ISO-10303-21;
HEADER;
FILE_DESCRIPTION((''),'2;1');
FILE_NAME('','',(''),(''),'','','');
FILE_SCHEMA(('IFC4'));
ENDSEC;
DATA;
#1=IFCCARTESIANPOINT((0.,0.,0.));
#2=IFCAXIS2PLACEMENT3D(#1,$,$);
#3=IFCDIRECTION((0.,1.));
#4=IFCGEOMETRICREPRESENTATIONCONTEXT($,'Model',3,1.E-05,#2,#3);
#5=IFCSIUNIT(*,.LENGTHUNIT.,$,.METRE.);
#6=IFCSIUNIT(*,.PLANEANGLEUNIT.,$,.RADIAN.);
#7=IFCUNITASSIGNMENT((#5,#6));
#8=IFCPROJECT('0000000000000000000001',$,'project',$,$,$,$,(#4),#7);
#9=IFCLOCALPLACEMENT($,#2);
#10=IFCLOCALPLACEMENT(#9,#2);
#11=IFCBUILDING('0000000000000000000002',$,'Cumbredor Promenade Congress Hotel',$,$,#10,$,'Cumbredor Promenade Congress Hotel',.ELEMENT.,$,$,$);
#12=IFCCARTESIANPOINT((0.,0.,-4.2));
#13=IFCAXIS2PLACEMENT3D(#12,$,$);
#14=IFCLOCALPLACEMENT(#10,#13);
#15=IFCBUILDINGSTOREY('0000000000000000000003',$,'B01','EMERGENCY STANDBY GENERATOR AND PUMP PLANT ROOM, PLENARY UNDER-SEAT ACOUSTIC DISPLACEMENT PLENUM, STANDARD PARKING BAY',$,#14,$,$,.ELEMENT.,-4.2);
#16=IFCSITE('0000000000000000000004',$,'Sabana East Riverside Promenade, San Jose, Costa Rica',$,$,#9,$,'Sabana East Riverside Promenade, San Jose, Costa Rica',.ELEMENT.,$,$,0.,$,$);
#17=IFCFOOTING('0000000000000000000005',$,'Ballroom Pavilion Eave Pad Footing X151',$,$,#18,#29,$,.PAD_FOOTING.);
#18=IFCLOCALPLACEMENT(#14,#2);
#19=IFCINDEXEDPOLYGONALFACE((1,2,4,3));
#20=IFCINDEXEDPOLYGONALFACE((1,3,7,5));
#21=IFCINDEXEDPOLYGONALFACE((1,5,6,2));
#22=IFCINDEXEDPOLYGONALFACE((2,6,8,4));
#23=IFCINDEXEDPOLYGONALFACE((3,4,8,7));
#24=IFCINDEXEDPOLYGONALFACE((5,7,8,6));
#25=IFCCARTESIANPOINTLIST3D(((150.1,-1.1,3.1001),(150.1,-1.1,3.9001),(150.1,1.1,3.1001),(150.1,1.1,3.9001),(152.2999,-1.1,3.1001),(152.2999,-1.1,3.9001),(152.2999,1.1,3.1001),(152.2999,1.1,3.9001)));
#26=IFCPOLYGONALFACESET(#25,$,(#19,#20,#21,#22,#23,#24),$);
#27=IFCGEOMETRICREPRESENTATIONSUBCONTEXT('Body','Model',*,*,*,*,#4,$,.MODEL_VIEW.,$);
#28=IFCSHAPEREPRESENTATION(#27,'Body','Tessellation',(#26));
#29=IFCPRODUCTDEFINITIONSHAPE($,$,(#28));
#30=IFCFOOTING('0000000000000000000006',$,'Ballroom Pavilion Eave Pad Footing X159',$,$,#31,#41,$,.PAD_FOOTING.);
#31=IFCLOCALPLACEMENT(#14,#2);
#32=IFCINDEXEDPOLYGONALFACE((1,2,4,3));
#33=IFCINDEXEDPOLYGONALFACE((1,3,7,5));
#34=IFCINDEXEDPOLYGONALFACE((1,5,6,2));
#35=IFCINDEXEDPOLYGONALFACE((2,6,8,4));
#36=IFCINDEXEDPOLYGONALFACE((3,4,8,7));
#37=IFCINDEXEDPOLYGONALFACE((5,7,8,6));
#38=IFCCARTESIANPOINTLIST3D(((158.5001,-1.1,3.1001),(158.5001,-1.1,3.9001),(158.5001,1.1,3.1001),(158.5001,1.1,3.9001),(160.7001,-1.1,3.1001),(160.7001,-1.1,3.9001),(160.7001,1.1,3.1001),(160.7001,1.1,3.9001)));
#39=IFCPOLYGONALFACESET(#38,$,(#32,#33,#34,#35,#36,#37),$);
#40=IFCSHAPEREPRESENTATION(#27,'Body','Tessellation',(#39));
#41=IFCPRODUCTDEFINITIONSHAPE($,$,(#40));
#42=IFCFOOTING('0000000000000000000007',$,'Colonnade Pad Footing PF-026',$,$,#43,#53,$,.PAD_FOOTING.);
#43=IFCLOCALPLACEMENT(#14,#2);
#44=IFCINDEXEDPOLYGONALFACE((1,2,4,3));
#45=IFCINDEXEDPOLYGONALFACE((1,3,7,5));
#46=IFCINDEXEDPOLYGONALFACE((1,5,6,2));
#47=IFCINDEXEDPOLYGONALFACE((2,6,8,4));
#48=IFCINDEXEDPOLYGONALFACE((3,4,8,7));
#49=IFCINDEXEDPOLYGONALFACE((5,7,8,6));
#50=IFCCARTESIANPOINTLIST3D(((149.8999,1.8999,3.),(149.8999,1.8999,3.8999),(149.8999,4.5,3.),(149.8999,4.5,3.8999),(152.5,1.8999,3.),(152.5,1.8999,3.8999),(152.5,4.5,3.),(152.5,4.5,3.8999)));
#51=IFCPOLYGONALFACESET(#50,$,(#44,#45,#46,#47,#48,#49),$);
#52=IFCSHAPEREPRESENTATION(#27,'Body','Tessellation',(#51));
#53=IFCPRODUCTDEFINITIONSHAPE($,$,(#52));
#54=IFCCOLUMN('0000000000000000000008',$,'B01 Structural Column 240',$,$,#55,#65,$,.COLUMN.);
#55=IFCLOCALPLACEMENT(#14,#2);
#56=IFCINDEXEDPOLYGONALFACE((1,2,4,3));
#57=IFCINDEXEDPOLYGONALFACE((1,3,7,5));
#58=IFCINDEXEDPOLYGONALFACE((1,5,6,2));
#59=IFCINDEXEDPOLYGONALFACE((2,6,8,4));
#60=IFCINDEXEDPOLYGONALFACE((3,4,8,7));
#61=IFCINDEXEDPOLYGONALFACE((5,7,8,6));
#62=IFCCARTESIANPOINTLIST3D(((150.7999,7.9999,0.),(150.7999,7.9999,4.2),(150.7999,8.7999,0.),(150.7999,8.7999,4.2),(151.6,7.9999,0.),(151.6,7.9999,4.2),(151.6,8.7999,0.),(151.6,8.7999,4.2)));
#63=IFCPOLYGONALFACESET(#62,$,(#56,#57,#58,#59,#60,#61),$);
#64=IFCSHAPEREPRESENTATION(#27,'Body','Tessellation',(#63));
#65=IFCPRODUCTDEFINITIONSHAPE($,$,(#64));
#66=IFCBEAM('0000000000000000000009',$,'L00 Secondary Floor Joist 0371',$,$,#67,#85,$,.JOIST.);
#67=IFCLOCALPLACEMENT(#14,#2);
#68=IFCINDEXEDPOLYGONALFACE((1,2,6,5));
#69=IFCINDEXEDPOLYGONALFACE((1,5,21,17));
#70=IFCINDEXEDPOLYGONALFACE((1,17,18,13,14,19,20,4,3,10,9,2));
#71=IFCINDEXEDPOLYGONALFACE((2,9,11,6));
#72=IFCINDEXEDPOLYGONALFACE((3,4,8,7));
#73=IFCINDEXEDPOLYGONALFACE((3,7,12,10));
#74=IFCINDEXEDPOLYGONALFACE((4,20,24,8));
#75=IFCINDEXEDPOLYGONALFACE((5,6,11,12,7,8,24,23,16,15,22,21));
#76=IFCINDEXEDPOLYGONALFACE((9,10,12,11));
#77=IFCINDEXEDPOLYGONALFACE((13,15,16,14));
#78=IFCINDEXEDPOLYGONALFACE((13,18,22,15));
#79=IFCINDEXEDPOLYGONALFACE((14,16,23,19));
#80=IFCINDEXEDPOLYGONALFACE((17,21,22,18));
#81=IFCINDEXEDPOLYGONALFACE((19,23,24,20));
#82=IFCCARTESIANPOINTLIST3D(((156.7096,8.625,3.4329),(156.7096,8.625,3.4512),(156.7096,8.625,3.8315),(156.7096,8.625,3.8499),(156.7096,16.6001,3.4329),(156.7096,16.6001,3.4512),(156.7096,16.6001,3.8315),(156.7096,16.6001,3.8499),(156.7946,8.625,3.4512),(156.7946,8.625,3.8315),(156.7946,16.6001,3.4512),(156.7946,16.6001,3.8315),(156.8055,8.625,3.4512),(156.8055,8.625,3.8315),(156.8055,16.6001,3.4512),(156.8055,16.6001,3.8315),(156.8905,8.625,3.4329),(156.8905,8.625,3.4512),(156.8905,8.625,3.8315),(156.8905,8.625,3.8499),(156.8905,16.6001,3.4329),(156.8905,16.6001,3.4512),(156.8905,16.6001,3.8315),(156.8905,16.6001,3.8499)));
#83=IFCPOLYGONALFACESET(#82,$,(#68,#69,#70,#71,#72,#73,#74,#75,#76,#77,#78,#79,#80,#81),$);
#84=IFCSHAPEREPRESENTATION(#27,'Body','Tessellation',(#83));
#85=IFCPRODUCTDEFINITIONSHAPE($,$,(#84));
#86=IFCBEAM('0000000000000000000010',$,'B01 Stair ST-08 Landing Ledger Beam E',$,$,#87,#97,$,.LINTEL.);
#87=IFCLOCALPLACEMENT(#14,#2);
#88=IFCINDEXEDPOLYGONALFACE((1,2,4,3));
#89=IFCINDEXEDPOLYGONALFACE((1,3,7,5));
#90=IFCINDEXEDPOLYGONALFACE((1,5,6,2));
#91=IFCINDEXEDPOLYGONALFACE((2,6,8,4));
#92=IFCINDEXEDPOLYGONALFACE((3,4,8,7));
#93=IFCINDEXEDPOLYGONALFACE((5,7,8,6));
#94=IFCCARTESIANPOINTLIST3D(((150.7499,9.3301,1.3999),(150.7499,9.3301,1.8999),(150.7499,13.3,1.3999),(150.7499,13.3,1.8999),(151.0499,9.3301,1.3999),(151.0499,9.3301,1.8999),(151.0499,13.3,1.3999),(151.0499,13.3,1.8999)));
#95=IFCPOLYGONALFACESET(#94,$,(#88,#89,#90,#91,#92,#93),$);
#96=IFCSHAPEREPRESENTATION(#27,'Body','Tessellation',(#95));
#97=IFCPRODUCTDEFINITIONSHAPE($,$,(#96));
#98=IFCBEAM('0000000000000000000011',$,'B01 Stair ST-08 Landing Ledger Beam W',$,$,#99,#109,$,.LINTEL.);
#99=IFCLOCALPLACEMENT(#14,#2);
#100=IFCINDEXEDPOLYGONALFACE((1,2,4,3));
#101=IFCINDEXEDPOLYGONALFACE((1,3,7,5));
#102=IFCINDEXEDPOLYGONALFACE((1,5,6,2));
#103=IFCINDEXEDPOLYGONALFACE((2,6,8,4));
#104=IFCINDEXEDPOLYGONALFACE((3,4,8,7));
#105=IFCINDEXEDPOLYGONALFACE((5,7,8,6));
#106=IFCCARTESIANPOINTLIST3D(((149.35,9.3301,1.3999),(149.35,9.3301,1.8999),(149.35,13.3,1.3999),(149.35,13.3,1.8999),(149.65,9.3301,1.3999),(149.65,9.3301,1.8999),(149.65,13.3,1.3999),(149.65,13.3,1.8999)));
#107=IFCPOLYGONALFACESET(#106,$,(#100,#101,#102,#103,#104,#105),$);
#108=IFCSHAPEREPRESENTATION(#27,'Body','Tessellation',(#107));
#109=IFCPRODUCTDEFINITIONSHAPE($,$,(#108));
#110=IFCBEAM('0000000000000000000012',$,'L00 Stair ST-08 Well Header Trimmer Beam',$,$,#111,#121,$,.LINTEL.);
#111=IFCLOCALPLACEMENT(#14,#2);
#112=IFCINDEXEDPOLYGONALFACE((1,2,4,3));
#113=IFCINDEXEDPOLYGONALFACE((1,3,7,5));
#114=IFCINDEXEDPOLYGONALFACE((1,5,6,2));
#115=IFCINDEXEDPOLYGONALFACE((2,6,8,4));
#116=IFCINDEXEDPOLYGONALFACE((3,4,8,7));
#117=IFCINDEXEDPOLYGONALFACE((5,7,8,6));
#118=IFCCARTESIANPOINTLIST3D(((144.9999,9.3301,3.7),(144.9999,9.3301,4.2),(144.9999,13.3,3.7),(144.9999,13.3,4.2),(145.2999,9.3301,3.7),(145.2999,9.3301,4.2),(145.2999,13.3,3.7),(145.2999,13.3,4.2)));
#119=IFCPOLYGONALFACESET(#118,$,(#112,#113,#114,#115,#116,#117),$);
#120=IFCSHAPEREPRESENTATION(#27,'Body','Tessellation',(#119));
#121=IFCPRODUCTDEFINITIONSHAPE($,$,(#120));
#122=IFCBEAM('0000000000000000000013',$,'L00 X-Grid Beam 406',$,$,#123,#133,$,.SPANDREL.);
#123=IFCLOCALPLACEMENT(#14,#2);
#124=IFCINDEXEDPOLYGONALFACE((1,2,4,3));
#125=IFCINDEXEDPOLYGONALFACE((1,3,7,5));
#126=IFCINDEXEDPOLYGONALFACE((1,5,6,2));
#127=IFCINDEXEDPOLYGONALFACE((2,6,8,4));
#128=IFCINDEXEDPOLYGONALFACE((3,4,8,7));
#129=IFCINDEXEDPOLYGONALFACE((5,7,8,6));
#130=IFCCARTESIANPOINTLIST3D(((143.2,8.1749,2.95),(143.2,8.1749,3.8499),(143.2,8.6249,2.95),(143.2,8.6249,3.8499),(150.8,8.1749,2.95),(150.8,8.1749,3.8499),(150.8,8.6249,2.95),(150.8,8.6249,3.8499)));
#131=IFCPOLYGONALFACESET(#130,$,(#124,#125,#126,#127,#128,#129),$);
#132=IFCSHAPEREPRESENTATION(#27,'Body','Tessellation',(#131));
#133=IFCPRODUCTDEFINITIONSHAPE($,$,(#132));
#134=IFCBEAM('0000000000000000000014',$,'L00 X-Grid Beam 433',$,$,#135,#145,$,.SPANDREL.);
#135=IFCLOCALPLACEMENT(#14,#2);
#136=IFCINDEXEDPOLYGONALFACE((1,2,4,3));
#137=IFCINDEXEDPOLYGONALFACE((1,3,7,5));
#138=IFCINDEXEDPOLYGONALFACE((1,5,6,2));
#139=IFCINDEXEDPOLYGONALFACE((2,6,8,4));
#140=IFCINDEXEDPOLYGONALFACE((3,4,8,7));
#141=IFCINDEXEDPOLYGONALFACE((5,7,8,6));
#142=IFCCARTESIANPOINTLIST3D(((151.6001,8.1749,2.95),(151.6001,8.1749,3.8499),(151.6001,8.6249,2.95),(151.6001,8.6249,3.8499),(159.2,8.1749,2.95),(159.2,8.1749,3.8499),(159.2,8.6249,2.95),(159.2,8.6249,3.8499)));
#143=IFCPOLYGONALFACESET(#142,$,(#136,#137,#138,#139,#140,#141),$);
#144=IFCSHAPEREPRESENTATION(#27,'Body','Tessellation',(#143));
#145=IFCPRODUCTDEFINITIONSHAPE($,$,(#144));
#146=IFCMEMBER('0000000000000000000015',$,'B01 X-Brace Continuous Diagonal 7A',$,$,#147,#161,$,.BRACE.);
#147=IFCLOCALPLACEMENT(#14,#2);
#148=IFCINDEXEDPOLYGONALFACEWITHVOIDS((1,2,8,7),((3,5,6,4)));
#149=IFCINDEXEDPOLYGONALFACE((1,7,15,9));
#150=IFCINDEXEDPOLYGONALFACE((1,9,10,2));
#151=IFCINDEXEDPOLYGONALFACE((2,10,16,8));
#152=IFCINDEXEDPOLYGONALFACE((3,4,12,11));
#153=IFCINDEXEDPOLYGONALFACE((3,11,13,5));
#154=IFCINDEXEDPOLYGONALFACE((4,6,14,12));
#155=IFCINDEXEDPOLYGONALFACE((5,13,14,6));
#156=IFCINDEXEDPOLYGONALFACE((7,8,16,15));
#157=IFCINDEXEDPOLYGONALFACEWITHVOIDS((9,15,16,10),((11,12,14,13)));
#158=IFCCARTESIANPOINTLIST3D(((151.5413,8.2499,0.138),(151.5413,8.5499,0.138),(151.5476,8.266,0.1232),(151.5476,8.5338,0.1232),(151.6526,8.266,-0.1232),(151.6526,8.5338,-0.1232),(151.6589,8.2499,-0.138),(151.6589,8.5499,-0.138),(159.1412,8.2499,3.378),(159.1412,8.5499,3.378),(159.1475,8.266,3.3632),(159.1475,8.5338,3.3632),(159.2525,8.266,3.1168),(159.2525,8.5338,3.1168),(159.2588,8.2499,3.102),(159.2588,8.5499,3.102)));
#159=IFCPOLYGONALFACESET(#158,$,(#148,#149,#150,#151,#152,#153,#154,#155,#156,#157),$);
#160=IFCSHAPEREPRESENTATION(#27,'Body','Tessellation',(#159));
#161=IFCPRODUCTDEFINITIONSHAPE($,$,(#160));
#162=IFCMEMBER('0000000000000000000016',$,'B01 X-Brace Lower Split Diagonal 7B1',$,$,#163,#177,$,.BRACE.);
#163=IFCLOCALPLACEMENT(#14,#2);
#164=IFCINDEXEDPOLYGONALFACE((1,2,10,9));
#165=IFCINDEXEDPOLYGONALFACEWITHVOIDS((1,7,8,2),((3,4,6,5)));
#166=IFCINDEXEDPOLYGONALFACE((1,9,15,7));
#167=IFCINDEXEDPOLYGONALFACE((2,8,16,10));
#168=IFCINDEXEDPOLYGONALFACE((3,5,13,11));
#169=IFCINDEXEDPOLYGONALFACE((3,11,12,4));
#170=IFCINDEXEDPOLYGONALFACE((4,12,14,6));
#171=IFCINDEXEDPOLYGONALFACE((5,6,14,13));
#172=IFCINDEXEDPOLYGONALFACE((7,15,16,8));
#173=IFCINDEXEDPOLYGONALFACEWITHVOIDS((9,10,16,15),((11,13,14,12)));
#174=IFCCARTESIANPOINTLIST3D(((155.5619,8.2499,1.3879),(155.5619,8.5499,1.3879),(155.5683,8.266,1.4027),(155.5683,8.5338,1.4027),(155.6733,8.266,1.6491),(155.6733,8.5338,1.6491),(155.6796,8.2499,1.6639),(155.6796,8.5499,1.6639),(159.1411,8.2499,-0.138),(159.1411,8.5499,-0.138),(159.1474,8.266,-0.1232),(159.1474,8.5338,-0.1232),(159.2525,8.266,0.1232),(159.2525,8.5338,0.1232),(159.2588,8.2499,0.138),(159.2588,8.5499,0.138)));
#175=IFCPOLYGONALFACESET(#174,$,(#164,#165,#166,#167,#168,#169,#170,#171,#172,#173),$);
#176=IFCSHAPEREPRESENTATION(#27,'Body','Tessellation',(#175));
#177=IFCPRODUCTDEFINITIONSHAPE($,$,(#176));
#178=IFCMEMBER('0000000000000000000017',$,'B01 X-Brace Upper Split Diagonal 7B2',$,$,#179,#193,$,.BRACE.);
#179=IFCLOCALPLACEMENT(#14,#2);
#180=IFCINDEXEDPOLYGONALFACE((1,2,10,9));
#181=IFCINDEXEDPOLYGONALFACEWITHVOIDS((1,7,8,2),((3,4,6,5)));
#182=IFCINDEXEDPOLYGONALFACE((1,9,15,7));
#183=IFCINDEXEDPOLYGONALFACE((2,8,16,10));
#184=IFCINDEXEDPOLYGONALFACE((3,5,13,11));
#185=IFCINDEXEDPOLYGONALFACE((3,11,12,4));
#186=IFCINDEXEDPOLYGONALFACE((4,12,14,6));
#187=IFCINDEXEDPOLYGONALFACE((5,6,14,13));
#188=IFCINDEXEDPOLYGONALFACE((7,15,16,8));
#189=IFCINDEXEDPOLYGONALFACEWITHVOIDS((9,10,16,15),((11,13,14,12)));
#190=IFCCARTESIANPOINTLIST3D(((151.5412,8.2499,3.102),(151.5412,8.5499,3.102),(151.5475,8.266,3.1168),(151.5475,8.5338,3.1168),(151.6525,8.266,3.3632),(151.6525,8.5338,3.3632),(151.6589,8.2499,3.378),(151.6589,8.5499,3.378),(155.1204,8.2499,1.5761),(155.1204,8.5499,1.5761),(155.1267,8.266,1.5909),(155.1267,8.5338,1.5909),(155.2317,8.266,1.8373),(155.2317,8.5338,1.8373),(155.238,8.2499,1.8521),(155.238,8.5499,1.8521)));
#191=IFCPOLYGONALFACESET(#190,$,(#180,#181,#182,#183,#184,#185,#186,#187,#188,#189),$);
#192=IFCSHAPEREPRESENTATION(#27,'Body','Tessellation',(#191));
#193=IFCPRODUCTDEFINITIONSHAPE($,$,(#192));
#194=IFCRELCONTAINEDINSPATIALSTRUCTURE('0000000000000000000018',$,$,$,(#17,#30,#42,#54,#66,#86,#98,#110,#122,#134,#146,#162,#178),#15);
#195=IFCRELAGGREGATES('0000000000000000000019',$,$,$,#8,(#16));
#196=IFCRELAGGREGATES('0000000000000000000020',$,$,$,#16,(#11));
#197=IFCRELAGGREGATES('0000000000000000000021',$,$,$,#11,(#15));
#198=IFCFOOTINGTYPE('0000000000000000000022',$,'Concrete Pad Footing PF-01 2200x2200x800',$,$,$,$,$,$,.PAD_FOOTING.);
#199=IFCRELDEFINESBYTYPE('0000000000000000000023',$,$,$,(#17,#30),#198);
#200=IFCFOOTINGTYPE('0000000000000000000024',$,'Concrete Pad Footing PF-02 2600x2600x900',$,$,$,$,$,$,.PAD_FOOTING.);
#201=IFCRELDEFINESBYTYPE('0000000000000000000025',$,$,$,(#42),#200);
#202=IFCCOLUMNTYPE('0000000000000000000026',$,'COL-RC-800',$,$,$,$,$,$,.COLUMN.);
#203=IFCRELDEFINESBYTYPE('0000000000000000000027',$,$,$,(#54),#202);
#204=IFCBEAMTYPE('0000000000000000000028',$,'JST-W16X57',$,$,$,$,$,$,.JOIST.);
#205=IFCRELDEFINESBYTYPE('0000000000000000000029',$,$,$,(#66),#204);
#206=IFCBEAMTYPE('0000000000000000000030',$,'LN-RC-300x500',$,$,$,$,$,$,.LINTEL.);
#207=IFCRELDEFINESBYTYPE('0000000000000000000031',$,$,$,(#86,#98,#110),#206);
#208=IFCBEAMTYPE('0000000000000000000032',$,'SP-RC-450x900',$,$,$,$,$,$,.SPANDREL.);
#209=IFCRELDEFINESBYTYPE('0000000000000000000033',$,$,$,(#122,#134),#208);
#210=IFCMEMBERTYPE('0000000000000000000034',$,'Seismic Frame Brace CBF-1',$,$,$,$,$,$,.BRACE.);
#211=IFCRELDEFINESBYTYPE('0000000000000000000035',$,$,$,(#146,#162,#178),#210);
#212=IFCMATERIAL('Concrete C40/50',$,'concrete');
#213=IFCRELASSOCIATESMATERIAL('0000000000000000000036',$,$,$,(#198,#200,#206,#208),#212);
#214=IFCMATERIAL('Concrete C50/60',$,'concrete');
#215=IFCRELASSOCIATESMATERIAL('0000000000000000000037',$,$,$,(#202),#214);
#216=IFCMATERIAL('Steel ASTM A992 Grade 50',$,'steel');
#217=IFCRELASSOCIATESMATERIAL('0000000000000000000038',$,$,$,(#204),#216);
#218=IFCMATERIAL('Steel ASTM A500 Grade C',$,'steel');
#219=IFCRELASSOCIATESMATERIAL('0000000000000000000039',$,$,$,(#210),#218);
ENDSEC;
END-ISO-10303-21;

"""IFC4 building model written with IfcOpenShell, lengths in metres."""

from ifc_helpers import new_model, si_unit, direction, frame, origin, origin_2d, place, context, subcontext, project, spatial, rectangle, hollow_rectangle, i_section, extrude, material, material_profile, profile_set, type_object, element, save


model = new_model("IFC4")

# Units and contexts
model_context = context("Model", 3, precision=1e-05, world=origin(), true_north=direction((0.0, 1.0)))
body_context = subcontext(model_context, "Body", "Model", "MODEL_VIEW")
ifc_project = project(units=[si_unit("LENGTHUNIT", "METRE"), si_unit("PLANEANGLEUNIT", "RADIAN")], contexts=[model_context])

# Site, building, storey
site_placement = place(None, origin())
site = spatial("IfcSite", under=ifc_project, at=site_placement, Name="Sabana East Riverside Promenade, San Jose, Costa Rica", LongName="Sabana East Riverside Promenade, San Jose, Costa Rica", CompositionType="ELEMENT", RefElevation=0.0)
building_placement = place(site_placement, origin())
building = spatial("IfcBuilding", under=site, at=building_placement, Name="Cumbredor Promenade Congress Hotel", LongName="Cumbredor Promenade Congress Hotel", CompositionType="ELEMENT")
storey_placement = place(building_placement, frame((0.0, 0.0, -4.2)))
storey = spatial("IfcBuildingStorey", under=building, at=storey_placement, Name="B01", Description="EMERGENCY STANDBY GENERATOR AND PUMP PLANT ROOM, PLENARY UNDER-SEAT ACOUSTIC DISPLACEMENT PLENUM, STANDARD PARKING BAY", CompositionType="ELEMENT", Elevation=-4.2)

# Footings
ifc_material_1 = material(Name="Concrete C40/50", Category="concrete")
footing_type_1 = type_object("IfcFootingType", Name="Concrete Pad Footing PF-01 2200x2200x800", PredefinedType="PAD_FOOTING", material=ifc_material_1)
for number, where, z_axis, x_axis, name in (
    (1, (151.2, 0.0, 3.1001), (0.0, 0.0, 1.0), (1.0, 0.0, 0.0), "Ballroom Pavilion Eave Pad Footing X151"),
    (2, (159.6001, 0.0, 3.1001), (0.0, 0.0, 1.0), (1.0, 0.0, 0.0), "Ballroom Pavilion Eave Pad Footing X159"),
):
    element("IfcFooting", number, at=place(storey_placement, frame(where, z_axis=z_axis, x_axis=x_axis)), inside=storey, type_object=footing_type_1, Name=name, PredefinedType="PAD_FOOTING", context=body_context, shape_type="SweptSolid", body=[
        extrude(rectangle(XDim=2.2, YDim=2.2, at=origin_2d()), origin(), (0.0, 0.0, 1.0), 0.8),
    ])
footing_type_2 = type_object("IfcFootingType", Name="Concrete Pad Footing PF-02 2600x2600x900", PredefinedType="PAD_FOOTING", material=ifc_material_1)
footing_placement = place(storey_placement, frame((151.2, 3.2, 3.0), z_axis=(0.0, 0.0, 1.0), x_axis=(1.0, 0.0, 0.0)))
element("IfcFooting", 3, at=footing_placement, inside=storey, type_object=footing_type_2, Name="Colonnade Pad Footing PF-026", PredefinedType="PAD_FOOTING", context=body_context, shape_type="SweptSolid", body=[
    extrude(rectangle(XDim=2.6001, YDim=2.6001, at=origin_2d()), origin(), (0.0, 0.0, 1.0), 0.8999),
])

# Column
ifc_material_2 = material(Name="Concrete C50/60", Category="concrete")
ifc_material_profile_1 = material_profile(ifc_material_2, rectangle(XDim=0.8, YDim=0.8, at=origin_2d()), Name="RC 800x800")
ifc_profile_set_1 = profile_set([ifc_material_profile_1], Name="Concrete C50/60")
column_type = type_object("IfcColumnType", Name="COL-RC-800", PredefinedType="COLUMN", material=ifc_profile_set_1)
column_placement = place(storey_placement, frame((151.2, 8.3999, 0.0), z_axis=(0.0, 0.0, 1.0), x_axis=(1.0, 0.0, 0.0)))
element("IfcColumn", 4, at=column_placement, inside=storey, type_object=column_type, Name="B01 Structural Column 240", PredefinedType="COLUMN", context=body_context, shape_type="SweptSolid", body=[
    extrude(rectangle(XDim=0.8, YDim=0.8, at=origin_2d()), origin(), (0.0, 0.0, 1.0), 4.2),
])

# Beams
ifc_material_3 = material(Name="Steel ASTM A992 Grade 50", Category="steel")
ifc_material_profile_2 = material_profile(ifc_material_3, i_section(OverallWidth=0.1809, OverallDepth=0.417, WebThickness=0.011, FlangeThickness=0.0183, at=origin_2d()), Name="W16X57")
ifc_profile_set_2 = profile_set([ifc_material_profile_2], Name="Steel ASTM A992 Grade 50")
beam_type_1 = type_object("IfcBeamType", Name="JST-W16X57", PredefinedType="JOIST", material=ifc_profile_set_2)
beam_1_placement = place(storey_placement, frame((156.8, 8.625, 3.6414), z_axis=(0.0, 1.0, 0.0), x_axis=(-1.0, 0.0, 0.0)))
element("IfcBeam", 5, at=beam_1_placement, inside=storey, type_object=beam_type_1, Name="L00 Secondary Floor Joist 0371", PredefinedType="JOIST", context=body_context, shape_type="SweptSolid", body=[
    extrude(i_section(OverallWidth=0.1809, OverallDepth=0.417, WebThickness=0.011, FlangeThickness=0.0183, at=origin_2d()), origin(), (0.0, 0.0, 1.0), 7.9751),
])
ifc_material_profile_3 = material_profile(ifc_material_1, rectangle(XDim=0.3, YDim=0.5, at=origin_2d()), Name="RC LINTEL 300x500")
ifc_profile_set_3 = profile_set([ifc_material_profile_3], Name="Concrete C40/50")
beam_type_2 = type_object("IfcBeamType", Name="LN-RC-300x500", PredefinedType="LINTEL", material=ifc_profile_set_3)
for number, where, z_axis, x_axis, name in (
    (6, (150.8999, 9.3301, 1.6499), (0.0, 1.0, 0.0), (-1.0, 0.0, 0.0), "B01 Stair ST-08 Landing Ledger Beam E"),
    (7, (149.5, 9.3301, 1.6499), (0.0, 1.0, 0.0), (-1.0, 0.0, 0.0), "B01 Stair ST-08 Landing Ledger Beam W"),
    (8, (145.1499, 9.3301, 3.95), (0.0, 1.0, 0.0), (-1.0, 0.0, 0.0), "L00 Stair ST-08 Well Header Trimmer Beam"),
):
    element("IfcBeam", number, at=place(storey_placement, frame(where, z_axis=z_axis, x_axis=x_axis)), inside=storey, type_object=beam_type_2, Name=name, PredefinedType="LINTEL", context=body_context, shape_type="SweptSolid", body=[
        extrude(rectangle(XDim=0.3, YDim=0.5, at=origin_2d()), origin(), (0.0, 0.0, 1.0), 3.97),
    ])
ifc_material_profile_4 = material_profile(ifc_material_1, rectangle(XDim=0.45, YDim=0.8999, at=origin_2d()), Name="RC SPANDREL 450x900")
ifc_profile_set_4 = profile_set([ifc_material_profile_4], Name="Concrete C40/50")
beam_type_3 = type_object("IfcBeamType", Name="SP-RC-450x900", PredefinedType="SPANDREL", material=ifc_profile_set_4)
beam_2_placement = place(storey_placement, frame((143.2, 8.3999, 3.3999), z_axis=(1.0, 0.0, 0.0), x_axis=(0.0, 1.0, 0.0)))
element("IfcBeam", 9, at=beam_2_placement, inside=storey, type_object=beam_type_3, Name="L00 X-Grid Beam 406", PredefinedType="SPANDREL", context=body_context, shape_type="SweptSolid", body=[
    extrude(rectangle(XDim=0.45, YDim=0.8999, at=origin_2d()), origin(), (0.0, 0.0, 1.0), 7.6001),
])
beam_3_placement = place(storey_placement, frame((151.6001, 8.3999, 3.3999), z_axis=(1.0, 0.0, 0.0), x_axis=(0.0, 1.0, 0.0)))
element("IfcBeam", 10, at=beam_3_placement, inside=storey, type_object=beam_type_3, Name="L00 X-Grid Beam 433", PredefinedType="SPANDREL", context=body_context, shape_type="SweptSolid", body=[
    extrude(rectangle(XDim=0.45, YDim=0.8999, at=origin_2d()), origin(), (0.0, 0.0, 1.0), 7.5999),
])

# Members
ifc_material_4 = material(Name="Steel ASTM A500 Grade C", Category="steel")
ifc_material_profile_5 = material_profile(ifc_material_4, hollow_rectangle(XDim=0.3, YDim=0.3, WallThickness=0.0161, at=origin_2d()), Name="HSS 300x300x16")
ifc_profile_set_5 = profile_set([ifc_material_profile_5], Name="Steel ASTM A500 Grade C")
member_type = type_object("IfcMemberType", Name="Seismic Frame Brace CBF-1", PredefinedType="BRACE", material=ifc_profile_set_5)
member_placement = place(storey_placement, frame((151.6001, 8.3999, 0.0), z_axis=(0.919892, 0.0, 0.392171), x_axis=(0.0, 1.0, 0.0)))
element("IfcMember", 11, at=member_placement, inside=storey, type_object=member_type, Name="B01 X-Brace Continuous Diagonal 7A", PredefinedType="BRACE", context=body_context, shape_type="SweptSolid", body=[
    extrude(hollow_rectangle(XDim=0.3, YDim=0.3, WallThickness=0.0161, at=origin_2d()), origin(), (0.0, 0.0, 1.0), 8.2617),
])
for number, where, z_axis, x_axis, name in (
    (12, (159.2, 8.3999, 0.0), (-0.91989, 0.0, 0.392177), (0.0, -1.0, 0.0), "B01 X-Brace Lower Split Diagonal 7B1"),
    (13, (155.1792, 8.3999, 1.7141), (-0.91989, 0.0, 0.392177), (0.0, -1.0, 0.0), "B01 X-Brace Upper Split Diagonal 7B2"),
):
    element("IfcMember", number, at=place(storey_placement, frame(where, z_axis=z_axis, x_axis=x_axis)), inside=storey, type_object=member_type, Name=name, PredefinedType="BRACE", context=body_context, shape_type="SweptSolid", body=[
        extrude(hollow_rectangle(XDim=0.3, YDim=0.3, WallThickness=0.0161, at=origin_2d()), origin(), (0.0, 0.0, 1.0), 3.8909),
    ])

save(model, "model.ifc")
